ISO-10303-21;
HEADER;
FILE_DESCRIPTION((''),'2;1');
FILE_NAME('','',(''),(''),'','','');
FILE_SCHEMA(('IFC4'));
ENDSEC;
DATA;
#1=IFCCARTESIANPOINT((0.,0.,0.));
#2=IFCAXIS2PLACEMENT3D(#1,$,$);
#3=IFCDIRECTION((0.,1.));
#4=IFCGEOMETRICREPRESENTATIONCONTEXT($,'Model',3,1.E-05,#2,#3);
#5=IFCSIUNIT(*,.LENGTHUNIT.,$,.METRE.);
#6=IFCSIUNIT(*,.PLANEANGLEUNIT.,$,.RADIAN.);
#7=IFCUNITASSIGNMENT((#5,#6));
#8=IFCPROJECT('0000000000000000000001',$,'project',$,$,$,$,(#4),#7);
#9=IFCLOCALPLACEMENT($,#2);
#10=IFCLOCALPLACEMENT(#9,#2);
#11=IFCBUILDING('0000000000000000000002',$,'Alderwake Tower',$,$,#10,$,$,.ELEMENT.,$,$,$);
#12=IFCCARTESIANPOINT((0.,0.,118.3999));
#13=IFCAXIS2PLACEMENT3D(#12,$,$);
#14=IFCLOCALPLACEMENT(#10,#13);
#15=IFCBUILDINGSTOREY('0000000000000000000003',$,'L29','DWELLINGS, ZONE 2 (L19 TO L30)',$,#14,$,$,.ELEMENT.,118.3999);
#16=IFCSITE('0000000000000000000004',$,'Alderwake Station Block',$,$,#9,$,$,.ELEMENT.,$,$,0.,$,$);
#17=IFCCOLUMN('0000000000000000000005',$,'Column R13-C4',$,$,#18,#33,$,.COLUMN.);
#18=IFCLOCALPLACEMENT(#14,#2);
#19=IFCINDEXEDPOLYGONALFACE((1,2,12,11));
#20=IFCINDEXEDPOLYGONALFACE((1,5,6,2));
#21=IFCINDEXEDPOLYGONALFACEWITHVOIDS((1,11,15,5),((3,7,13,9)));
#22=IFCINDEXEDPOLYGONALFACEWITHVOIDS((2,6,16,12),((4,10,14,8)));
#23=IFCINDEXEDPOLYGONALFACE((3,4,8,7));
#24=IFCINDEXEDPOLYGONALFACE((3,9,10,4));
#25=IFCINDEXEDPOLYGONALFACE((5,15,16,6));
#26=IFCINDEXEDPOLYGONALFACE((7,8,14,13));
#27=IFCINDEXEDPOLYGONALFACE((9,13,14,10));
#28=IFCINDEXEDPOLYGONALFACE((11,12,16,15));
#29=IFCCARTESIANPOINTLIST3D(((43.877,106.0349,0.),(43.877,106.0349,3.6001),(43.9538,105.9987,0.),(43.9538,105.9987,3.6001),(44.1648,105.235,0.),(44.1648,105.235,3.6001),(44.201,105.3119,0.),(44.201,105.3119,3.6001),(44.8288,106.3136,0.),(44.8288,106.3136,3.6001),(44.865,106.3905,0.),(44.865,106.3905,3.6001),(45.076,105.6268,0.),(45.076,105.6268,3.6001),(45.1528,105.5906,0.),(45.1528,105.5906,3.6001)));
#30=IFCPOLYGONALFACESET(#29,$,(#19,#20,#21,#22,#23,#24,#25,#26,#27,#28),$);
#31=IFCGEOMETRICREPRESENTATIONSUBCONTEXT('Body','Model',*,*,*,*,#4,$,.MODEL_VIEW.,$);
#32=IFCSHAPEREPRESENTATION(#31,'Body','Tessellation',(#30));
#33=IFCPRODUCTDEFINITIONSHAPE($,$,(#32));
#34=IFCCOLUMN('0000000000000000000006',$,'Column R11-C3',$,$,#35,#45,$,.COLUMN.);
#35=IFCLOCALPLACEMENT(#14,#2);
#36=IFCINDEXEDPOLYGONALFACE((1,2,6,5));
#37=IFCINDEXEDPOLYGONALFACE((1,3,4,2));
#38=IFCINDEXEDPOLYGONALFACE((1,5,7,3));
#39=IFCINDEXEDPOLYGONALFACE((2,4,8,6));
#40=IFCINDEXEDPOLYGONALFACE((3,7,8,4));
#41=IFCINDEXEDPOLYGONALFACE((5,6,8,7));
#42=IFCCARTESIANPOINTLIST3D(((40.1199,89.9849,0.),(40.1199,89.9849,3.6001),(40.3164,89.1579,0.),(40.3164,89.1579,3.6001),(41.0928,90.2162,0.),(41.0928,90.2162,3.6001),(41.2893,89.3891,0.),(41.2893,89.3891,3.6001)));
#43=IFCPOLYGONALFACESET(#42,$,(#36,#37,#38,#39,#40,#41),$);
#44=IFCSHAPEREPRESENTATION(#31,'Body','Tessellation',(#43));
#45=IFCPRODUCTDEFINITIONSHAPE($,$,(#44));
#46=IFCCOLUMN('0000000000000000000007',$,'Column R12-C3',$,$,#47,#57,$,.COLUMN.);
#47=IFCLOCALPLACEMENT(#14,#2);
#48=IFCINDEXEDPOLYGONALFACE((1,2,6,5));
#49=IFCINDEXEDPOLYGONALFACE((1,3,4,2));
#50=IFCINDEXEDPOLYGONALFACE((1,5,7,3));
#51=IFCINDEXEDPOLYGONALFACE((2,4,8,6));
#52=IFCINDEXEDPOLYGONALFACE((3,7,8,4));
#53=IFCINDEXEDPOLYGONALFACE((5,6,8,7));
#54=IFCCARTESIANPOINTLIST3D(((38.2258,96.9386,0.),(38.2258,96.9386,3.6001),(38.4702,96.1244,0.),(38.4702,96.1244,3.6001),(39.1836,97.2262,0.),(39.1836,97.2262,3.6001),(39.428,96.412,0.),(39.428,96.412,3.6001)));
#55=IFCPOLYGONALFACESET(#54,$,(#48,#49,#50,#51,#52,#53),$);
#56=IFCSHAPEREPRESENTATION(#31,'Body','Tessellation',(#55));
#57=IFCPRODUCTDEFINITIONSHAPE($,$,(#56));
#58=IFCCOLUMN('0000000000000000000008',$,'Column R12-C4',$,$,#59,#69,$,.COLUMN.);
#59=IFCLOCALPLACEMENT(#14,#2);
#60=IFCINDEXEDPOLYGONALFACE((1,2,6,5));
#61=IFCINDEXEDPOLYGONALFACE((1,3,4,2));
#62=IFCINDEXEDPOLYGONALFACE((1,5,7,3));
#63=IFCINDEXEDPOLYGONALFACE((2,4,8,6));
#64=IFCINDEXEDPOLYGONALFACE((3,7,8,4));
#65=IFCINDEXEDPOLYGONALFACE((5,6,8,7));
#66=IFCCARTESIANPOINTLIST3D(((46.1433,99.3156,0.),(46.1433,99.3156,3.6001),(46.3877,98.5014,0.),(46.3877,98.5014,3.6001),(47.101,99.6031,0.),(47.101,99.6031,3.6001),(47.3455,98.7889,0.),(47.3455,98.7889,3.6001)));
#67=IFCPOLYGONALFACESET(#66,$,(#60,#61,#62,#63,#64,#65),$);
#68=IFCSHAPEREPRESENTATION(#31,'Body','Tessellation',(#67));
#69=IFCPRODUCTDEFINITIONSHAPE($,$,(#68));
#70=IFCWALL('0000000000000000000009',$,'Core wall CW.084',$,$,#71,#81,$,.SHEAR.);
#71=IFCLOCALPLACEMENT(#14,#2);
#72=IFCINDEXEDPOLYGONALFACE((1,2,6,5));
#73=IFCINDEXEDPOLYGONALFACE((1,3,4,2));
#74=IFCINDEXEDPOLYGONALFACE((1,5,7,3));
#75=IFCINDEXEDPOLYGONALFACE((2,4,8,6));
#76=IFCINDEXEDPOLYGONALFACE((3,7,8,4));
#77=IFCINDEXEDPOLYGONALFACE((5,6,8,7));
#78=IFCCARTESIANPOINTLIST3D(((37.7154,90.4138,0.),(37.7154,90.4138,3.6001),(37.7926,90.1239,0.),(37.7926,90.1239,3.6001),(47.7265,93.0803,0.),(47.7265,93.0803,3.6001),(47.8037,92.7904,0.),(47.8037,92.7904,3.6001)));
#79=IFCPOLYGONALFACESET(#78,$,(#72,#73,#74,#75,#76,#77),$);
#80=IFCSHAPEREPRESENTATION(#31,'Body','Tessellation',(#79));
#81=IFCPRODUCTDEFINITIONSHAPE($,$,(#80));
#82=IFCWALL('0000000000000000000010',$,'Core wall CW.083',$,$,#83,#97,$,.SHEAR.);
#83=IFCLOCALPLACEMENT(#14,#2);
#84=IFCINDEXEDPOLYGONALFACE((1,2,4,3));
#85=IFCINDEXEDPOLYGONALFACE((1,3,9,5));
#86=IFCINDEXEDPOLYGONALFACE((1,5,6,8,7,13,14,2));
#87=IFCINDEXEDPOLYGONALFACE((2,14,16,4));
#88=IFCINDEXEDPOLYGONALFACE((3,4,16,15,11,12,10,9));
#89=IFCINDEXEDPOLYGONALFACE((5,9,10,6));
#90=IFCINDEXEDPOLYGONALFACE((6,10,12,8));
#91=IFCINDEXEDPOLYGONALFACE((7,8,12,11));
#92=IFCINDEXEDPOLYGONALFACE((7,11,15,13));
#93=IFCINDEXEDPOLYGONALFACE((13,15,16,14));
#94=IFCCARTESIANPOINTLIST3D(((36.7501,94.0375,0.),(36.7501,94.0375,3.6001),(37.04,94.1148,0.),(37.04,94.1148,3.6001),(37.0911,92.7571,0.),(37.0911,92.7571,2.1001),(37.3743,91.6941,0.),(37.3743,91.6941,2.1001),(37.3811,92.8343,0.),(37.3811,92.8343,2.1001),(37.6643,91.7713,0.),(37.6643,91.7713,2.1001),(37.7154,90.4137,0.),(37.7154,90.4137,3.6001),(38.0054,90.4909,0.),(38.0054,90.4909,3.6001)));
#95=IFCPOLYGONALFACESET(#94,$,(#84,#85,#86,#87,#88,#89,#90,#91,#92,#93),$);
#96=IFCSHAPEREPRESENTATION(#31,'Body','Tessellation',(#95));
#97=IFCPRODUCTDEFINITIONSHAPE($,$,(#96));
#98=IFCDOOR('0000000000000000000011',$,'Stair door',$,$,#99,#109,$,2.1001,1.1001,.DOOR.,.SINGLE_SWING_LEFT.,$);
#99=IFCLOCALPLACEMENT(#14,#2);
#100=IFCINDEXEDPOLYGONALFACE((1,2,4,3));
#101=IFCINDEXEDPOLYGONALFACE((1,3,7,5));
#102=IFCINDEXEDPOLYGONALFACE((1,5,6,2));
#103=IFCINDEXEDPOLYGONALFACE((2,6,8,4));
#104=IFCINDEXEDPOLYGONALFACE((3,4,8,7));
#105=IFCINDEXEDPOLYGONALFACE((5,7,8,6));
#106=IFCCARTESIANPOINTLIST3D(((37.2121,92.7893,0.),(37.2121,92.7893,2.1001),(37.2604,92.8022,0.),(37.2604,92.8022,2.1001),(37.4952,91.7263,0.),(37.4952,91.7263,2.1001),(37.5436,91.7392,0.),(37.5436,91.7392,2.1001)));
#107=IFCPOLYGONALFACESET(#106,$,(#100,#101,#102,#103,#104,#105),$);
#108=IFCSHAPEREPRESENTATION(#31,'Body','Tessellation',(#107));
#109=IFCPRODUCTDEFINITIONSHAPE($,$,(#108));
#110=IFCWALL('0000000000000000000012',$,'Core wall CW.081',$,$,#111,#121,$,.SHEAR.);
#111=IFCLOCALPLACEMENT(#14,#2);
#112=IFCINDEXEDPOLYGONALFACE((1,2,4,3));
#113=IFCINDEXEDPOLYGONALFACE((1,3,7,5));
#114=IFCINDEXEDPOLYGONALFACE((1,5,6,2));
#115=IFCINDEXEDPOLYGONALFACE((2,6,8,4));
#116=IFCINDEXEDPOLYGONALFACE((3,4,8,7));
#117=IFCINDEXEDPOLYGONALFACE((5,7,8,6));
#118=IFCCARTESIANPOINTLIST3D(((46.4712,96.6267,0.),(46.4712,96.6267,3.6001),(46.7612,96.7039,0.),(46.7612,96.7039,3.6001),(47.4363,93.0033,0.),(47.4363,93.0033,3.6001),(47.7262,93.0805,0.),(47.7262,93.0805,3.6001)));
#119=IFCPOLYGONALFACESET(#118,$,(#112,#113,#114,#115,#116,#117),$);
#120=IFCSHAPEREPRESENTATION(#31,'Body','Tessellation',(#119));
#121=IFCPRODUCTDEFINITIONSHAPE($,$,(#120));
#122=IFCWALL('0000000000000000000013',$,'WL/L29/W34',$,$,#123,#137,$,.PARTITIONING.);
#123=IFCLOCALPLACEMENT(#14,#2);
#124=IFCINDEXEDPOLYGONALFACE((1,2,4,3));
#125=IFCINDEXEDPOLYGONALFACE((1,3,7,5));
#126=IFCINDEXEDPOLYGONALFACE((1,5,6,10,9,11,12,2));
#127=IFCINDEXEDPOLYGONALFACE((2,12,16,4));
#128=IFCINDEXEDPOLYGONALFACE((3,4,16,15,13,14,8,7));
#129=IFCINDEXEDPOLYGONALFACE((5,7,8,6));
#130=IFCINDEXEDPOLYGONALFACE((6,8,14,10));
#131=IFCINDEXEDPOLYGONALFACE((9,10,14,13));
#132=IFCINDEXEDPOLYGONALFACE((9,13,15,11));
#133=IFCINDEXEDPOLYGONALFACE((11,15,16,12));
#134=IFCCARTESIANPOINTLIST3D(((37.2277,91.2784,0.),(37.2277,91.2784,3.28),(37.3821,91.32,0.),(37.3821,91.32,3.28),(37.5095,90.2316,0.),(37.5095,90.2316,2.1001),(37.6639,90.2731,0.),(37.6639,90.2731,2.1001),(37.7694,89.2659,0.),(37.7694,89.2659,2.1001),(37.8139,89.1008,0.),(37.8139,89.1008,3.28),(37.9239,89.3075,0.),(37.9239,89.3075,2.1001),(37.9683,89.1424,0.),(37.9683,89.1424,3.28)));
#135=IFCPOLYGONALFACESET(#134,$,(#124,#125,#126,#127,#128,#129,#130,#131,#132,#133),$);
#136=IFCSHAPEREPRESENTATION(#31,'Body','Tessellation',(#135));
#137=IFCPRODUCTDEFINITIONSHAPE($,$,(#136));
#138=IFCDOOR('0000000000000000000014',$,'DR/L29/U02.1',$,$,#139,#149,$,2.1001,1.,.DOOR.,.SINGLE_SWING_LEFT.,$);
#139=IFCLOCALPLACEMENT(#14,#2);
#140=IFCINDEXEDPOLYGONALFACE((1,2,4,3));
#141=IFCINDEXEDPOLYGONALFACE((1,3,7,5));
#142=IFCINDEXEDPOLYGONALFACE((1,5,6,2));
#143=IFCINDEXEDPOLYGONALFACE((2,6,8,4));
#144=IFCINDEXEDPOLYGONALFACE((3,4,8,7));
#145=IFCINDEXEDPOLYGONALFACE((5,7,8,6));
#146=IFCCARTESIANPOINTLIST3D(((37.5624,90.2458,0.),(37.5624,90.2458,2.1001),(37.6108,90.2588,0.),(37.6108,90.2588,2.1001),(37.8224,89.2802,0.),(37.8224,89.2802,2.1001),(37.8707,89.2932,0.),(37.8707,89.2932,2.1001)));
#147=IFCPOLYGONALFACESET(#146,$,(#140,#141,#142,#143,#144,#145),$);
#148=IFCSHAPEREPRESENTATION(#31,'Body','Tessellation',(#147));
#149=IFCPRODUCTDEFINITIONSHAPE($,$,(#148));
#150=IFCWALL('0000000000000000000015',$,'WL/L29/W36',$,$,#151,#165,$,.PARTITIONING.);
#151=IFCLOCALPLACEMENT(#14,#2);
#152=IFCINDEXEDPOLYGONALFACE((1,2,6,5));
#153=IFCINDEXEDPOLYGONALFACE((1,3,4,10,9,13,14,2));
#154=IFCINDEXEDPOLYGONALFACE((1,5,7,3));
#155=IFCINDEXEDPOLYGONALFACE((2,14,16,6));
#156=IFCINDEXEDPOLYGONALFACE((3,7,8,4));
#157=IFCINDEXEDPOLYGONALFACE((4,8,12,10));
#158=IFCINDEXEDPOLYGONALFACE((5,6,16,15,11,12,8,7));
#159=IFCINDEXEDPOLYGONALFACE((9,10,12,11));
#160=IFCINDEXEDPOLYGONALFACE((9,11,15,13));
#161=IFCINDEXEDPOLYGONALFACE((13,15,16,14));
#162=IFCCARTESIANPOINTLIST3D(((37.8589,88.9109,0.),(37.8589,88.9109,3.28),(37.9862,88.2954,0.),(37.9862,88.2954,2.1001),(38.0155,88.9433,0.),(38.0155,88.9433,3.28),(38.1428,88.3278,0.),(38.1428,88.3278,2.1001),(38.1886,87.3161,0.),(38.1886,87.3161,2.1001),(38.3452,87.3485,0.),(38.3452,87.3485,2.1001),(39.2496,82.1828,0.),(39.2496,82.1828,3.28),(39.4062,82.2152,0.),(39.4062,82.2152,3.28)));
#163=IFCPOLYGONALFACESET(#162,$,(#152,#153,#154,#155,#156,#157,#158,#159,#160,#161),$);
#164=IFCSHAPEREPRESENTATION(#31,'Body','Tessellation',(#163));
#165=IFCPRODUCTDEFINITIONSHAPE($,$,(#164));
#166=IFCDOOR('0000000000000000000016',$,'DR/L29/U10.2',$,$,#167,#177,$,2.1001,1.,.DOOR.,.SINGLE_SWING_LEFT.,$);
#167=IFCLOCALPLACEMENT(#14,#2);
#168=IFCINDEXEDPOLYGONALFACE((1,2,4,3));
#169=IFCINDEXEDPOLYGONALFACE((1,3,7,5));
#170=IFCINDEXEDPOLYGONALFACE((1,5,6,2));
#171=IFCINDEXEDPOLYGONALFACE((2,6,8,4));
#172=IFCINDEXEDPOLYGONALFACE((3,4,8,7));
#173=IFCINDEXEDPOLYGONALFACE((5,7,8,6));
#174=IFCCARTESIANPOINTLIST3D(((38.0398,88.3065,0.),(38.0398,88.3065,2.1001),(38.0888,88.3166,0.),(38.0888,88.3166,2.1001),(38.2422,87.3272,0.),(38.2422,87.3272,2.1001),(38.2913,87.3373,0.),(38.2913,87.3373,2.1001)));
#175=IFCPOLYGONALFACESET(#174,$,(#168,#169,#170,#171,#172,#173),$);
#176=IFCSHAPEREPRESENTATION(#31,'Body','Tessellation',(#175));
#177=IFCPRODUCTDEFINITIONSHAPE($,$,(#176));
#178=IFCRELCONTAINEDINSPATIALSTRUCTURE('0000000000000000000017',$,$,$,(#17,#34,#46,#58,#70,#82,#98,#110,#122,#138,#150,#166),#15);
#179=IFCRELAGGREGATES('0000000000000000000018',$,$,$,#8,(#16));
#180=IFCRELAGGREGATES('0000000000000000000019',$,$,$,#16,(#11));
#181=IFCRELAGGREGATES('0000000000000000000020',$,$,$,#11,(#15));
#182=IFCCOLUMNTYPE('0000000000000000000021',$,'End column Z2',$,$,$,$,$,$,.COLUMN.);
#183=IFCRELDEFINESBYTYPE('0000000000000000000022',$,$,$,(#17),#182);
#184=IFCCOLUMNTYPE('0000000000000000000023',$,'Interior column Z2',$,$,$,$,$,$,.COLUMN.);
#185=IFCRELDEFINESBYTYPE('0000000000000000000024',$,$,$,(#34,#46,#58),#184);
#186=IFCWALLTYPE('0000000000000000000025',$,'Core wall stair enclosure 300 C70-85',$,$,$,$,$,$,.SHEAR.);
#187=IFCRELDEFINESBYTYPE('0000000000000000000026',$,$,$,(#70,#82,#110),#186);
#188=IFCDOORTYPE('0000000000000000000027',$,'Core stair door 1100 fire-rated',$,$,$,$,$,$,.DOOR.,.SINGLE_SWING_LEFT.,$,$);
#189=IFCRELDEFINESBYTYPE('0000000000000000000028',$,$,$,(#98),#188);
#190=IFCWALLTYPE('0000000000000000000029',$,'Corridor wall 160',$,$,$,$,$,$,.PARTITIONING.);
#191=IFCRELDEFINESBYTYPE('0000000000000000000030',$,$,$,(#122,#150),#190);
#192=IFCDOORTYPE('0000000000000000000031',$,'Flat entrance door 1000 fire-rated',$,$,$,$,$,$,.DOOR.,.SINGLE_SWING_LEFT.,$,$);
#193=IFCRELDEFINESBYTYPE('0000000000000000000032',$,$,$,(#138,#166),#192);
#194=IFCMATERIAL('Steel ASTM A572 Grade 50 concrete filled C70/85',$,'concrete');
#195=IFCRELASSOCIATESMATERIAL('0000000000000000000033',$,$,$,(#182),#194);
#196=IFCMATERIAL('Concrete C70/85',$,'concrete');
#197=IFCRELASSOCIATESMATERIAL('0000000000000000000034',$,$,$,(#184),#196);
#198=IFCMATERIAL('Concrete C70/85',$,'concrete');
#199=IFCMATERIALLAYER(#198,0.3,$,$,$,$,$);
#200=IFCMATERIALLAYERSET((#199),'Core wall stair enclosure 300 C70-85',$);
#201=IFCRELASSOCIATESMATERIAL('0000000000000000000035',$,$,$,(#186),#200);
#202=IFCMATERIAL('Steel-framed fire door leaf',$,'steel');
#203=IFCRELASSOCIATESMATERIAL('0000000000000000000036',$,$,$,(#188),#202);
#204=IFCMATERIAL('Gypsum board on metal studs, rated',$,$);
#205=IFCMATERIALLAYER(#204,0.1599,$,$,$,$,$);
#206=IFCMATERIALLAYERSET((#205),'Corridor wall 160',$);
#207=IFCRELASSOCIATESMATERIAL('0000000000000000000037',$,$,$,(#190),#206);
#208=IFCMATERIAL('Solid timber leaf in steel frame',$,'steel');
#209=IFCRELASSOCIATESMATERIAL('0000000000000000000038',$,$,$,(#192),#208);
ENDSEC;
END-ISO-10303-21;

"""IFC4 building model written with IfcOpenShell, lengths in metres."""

from ifc_helpers import new_model, si_unit, direction, frame, frame_2d, origin, origin_2d, place, context, subcontext, project, spatial, rectangle, hollow_rectangle, extrude, material, layer, layer_set, material_profile, profile_set, type_object, element, fill, save


model = new_model("IFC4")

# Units and contexts
model_context = context("Model", 3, precision=1e-05, world=origin(), true_north=direction((0.0, 1.0)))
body_context = subcontext(model_context, "Body", "Model", "MODEL_VIEW")
ifc_project = project(units=[si_unit("LENGTHUNIT", "METRE"), si_unit("PLANEANGLEUNIT", "RADIAN")], contexts=[model_context])

# Site, building, storey
site_placement = place(None, origin())
site = spatial("IfcSite", under=ifc_project, at=site_placement, Name="Alderwake Station Block", CompositionType="ELEMENT", RefElevation=0.0)
building_placement = place(site_placement, origin())
building = spatial("IfcBuilding", under=site, at=building_placement, Name="Alderwake Tower", CompositionType="ELEMENT")
storey_placement = place(building_placement, frame((0.0, 0.0, 118.3999)))
storey = spatial("IfcBuildingStorey", under=building, at=storey_placement, Name="L29", Description="DWELLINGS, ZONE 2 (L19 TO L30)", CompositionType="ELEMENT", Elevation=118.3999)

# Columns
ifc_material_1 = material(Name="Steel ASTM A572 Grade 50 concrete filled C70/85", Category="concrete")
ifc_material_profile_1 = material_profile(ifc_material_1, hollow_rectangle(XDim=0.8501, YDim=1.05, WallThickness=0.0601, at=origin_2d()), Name="BOX 1050X850X60")
ifc_profile_set_1 = profile_set([ifc_material_profile_1], Name="Steel ASTM A572 Grade 50 concrete filled C70/85")
column_type_1 = type_object("IfcColumnType", Name="End column Z2", PredefinedType="COLUMN", material=ifc_profile_set_1)
column_placement = place(storey_placement, frame((44.5149, 105.8127, 0.0), z_axis=(0.0, 0.0, 1.0), x_axis=(-0.338634, 0.940918, 0.0)))
element("IfcColumn", 1, at=column_placement, inside=storey, type_object=column_type_1, Name="Column R13-C4", PredefinedType="COLUMN", context=body_context, shape_type="SweptSolid", body=[
    extrude(hollow_rectangle(XDim=0.8501, YDim=1.05, WallThickness=0.0601, at=origin_2d()), origin(), (0.0, 0.0, 1.0), 3.6001),
])
ifc_material_2 = material(Name="Concrete C70/85", Category="concrete")
ifc_material_profile_2 = material_profile(ifc_material_2, rectangle(XDim=0.8501, YDim=1.0, at=origin_2d()), Name="RC 1000X850")
ifc_profile_set_2 = profile_set([ifc_material_profile_2], Name="Concrete C70/85")
column_type_2 = type_object("IfcColumnType", Name="Interior column Z2", PredefinedType="COLUMN", material=ifc_profile_set_2)
for number, where, z_axis, x_axis, name in (
    (2, (40.7046, 89.687, 0.0), (0.0, 0.0, 1.0), (-0.231222, 0.972901, 0.0), "Column R11-C3"),
    (3, (38.8269, 96.6753, 0.0), (0.0, 0.0, 1.0), (-0.287548, 0.957766, 0.0), "Column R12-C3"),
    (4, (46.7444, 99.0522, 0.0), (0.0, 0.0, 1.0), (-0.287549, 0.957766, 0.0), "Column R12-C4"),
):
    element("IfcColumn", number, at=place(storey_placement, frame(where, z_axis=z_axis, x_axis=x_axis)), inside=storey, type_object=column_type_2, Name=name, PredefinedType="COLUMN", context=body_context, shape_type="SweptSolid", body=[
        extrude(rectangle(XDim=0.8501, YDim=1.0, at=origin_2d()), origin(), (0.0, 0.0, 1.0), 3.6001),
    ])

# Wall
ifc_material_3 = material(Name="Concrete C70/85", Category="concrete")
ifc_layer_1 = layer(ifc_material_3, 0.3)
ifc_layer_set_1 = layer_set([ifc_layer_1], Name="Core wall stair enclosure 300 C70-85")
wall_type_1 = type_object("IfcWallType", Name="Core wall stair enclosure 300 C70-85", PredefinedType="SHEAR", material=ifc_layer_set_1)
wall_1_placement = place(storey_placement, frame((37.7539, 90.2688, 0.0), z_axis=(0.0, 0.0, 1.0), x_axis=(0.966309, 0.257384, 0.0)))
element("IfcWall", 5, at=wall_1_placement, inside=storey, type_object=wall_type_1, Name="Core wall CW.084", PredefinedType="SHEAR", context=body_context, shape_type="SweptSolid", body=[
    extrude(rectangle(XDim=10.3601, YDim=0.3, at=frame_2d((5.1802, 0.0))), origin(), (0.0, 0.0, 1.0), 3.6001),
])

# Wall, opening, door
wall_2_placement = place(storey_placement, frame((37.8604, 90.4524, 0.0), z_axis=(0.0, 0.0, 1.0), x_axis=(-0.257411, 0.966302, 0.0)))
wall_2 = element("IfcWall", 6, at=wall_2_placement, inside=storey, type_object=wall_type_1, Name="Core wall CW.083", PredefinedType="SHEAR", context=body_context, shape_type="SweptSolid", body=[
    extrude(rectangle(XDim=3.7502, YDim=0.3, at=frame_2d((1.875, 0.0))), origin(), (0.0, 0.0, 1.0), 3.6001),
])
opening_1_placement = place(wall_2_placement, frame((1.325, 0.0, 0.0)))
opening_1 = element("IfcOpeningElement", 7, at=opening_1_placement, cuts=wall_2, PredefinedType="OPENING", context=body_context, shape_type="SweptSolid", body=[
    extrude(rectangle(XDim=1.1001, YDim=2.1001, at=frame_2d((0.55, 1.05))), frame((0.0, 0.1599, 0.0), z_axis=(0.0, -1.0, 0.0), x_axis=(1.0, 0.0, 0.0)), (0.0, 0.0, 1.0), 0.3201),
])
ifc_material_4 = material(Name="Steel-framed fire door leaf", Category="steel")
door_type_1 = type_object("IfcDoorType", Name="Core stair door 1100 fire-rated", OperationType="SINGLE_SWING_LEFT", PredefinedType="DOOR", material=ifc_material_4)
door_1_placement = place(opening_1_placement, origin())
door_1 = element("IfcDoor", 8, at=door_1_placement, inside=storey, type_object=door_type_1, Name="Stair door", OperationType="SINGLE_SWING_LEFT", OverallHeight=2.1001, OverallWidth=1.1001, PredefinedType="DOOR", context=body_context, shape_type="SweptSolid", body=[
    extrude(rectangle(XDim=1.1001, YDim=2.1001, at=frame_2d((0.55, 1.05))), frame((0.0, 0.0249, 0.0), z_axis=(0.0, -1.0, 0.0), x_axis=(1.0, 0.0, 0.0)), (0.0, 0.0, 1.0), 0.05),
])
fill(opening_1, door_1)

# Wall
wall_3_placement = place(storey_placement, frame((47.5813, 93.0417, 0.0), z_axis=(0.0, 0.0, 1.0), x_axis=(-0.257367, 0.966314, 0.0)))
element("IfcWall", 9, at=wall_3_placement, inside=storey, type_object=wall_type_1, Name="Core wall CW.081", PredefinedType="SHEAR", context=body_context, shape_type="SweptSolid", body=[
    extrude(rectangle(XDim=3.7498, YDim=0.3, at=frame_2d((1.875, 0.0))), origin(), (0.0, 0.0, 1.0), 3.6001),
])

# Walls, openings, doors
ifc_material_5 = material(Name="Gypsum board on metal studs, rated")
ifc_layer_2 = layer(ifc_material_5, 0.1599)
ifc_layer_set_2 = layer_set([ifc_layer_2], Name="Corridor wall 160")
wall_type_2 = type_object("IfcWallType", Name="Corridor wall 160", PredefinedType="PARTITIONING", material=ifc_layer_set_2)
wall_4_placement = place(storey_placement, frame((37.3049, 91.2991, 0.0), z_axis=(0.0, 0.0, 1.0), x_axis=(0.259946, -0.965623, 0.0)))
wall_4 = element("IfcWall", 10, at=wall_4_placement, inside=storey, type_object=wall_type_2, Name="WL/L29/W34", PredefinedType="PARTITIONING", context=body_context, shape_type="SweptSolid", body=[
    extrude(rectangle(XDim=2.2551, YDim=0.1599, at=frame_2d((1.1274, 0.0))), origin(), (0.0, 0.0, 1.0), 3.28),
])
opening_2_placement = place(wall_4_placement, frame((1.084, 0.0, 0.0)))
opening_2 = element("IfcOpeningElement", 11, at=opening_2_placement, cuts=wall_4, PredefinedType="OPENING", context=body_context, shape_type="SweptSolid", body=[
    extrude(rectangle(XDim=1.0, YDim=2.1001, at=frame_2d((0.5, 1.05))), frame((0.0, 0.0898, 0.0), z_axis=(0.0, -1.0, 0.0), x_axis=(1.0, 0.0, 0.0)), (0.0, 0.0, 1.0), 0.1799),
])
ifc_material_6 = material(Name="Solid timber leaf in steel frame", Category="steel")
door_type_2 = type_object("IfcDoorType", Name="Flat entrance door 1000 fire-rated", OperationType="SINGLE_SWING_LEFT", PredefinedType="DOOR", material=ifc_material_6)
door_2_placement = place(opening_2_placement, origin())
door_2 = element("IfcDoor", 12, at=door_2_placement, inside=storey, type_object=door_type_2, Name="DR/L29/U02.1", OperationType="SINGLE_SWING_LEFT", OverallHeight=2.1001, OverallWidth=1.0, PredefinedType="DOOR", context=body_context, shape_type="SweptSolid", body=[
    extrude(rectangle(XDim=1.0, YDim=2.1001, at=frame_2d((0.5, 1.05))), frame((0.0, 0.0249, 0.0), z_axis=(0.0, -1.0, 0.0), x_axis=(1.0, 0.0, 0.0)), (0.0, 0.0, 1.0), 0.05),
])
fill(opening_2, door_2)
wall_5_placement = place(storey_placement, frame((37.9373, 88.927, 0.0), z_axis=(0.0, 0.0, 1.0), x_axis=(0.202413, -0.9793, 0.0)))
wall_5 = element("IfcWall", 13, at=wall_5_placement, inside=storey, type_object=wall_type_2, Name="WL/L29/W36", PredefinedType="PARTITIONING", context=body_context, shape_type="SweptSolid", body=[
    extrude(rectangle(XDim=6.8704, YDim=0.1599, at=frame_2d((3.4351, 0.0))), origin(), (0.0, 0.0, 1.0), 3.28),
])
opening_3_placement = place(wall_5_placement, frame((0.6284, 0.0, 0.0)))
opening_3 = element("IfcOpeningElement", 14, at=opening_3_placement, cuts=wall_5, PredefinedType="OPENING", context=body_context, shape_type="SweptSolid", body=[
    extrude(rectangle(XDim=1.0, YDim=2.1001, at=frame_2d((0.5, 1.05))), frame((0.0, 0.0898, 0.0), z_axis=(0.0, -1.0, 0.0), x_axis=(1.0, 0.0, 0.0)), (0.0, 0.0, 1.0), 0.1799),
])
door_3_placement = place(opening_3_placement, origin())
door_3 = element("IfcDoor", 15, at=door_3_placement, inside=storey, type_object=door_type_2, Name="DR/L29/U10.2", OperationType="SINGLE_SWING_LEFT", OverallHeight=2.1001, OverallWidth=1.0, PredefinedType="DOOR", context=body_context, shape_type="SweptSolid", body=[
    extrude(rectangle(XDim=1.0, YDim=2.1001, at=frame_2d((0.5, 1.05))), frame((0.0, 0.0249, 0.0), z_axis=(0.0, -1.0, 0.0), x_axis=(1.0, 0.0, 0.0)), (0.0, 0.0, 1.0), 0.05),
])
fill(opening_3, door_3)

save(model, "model.ifc")
